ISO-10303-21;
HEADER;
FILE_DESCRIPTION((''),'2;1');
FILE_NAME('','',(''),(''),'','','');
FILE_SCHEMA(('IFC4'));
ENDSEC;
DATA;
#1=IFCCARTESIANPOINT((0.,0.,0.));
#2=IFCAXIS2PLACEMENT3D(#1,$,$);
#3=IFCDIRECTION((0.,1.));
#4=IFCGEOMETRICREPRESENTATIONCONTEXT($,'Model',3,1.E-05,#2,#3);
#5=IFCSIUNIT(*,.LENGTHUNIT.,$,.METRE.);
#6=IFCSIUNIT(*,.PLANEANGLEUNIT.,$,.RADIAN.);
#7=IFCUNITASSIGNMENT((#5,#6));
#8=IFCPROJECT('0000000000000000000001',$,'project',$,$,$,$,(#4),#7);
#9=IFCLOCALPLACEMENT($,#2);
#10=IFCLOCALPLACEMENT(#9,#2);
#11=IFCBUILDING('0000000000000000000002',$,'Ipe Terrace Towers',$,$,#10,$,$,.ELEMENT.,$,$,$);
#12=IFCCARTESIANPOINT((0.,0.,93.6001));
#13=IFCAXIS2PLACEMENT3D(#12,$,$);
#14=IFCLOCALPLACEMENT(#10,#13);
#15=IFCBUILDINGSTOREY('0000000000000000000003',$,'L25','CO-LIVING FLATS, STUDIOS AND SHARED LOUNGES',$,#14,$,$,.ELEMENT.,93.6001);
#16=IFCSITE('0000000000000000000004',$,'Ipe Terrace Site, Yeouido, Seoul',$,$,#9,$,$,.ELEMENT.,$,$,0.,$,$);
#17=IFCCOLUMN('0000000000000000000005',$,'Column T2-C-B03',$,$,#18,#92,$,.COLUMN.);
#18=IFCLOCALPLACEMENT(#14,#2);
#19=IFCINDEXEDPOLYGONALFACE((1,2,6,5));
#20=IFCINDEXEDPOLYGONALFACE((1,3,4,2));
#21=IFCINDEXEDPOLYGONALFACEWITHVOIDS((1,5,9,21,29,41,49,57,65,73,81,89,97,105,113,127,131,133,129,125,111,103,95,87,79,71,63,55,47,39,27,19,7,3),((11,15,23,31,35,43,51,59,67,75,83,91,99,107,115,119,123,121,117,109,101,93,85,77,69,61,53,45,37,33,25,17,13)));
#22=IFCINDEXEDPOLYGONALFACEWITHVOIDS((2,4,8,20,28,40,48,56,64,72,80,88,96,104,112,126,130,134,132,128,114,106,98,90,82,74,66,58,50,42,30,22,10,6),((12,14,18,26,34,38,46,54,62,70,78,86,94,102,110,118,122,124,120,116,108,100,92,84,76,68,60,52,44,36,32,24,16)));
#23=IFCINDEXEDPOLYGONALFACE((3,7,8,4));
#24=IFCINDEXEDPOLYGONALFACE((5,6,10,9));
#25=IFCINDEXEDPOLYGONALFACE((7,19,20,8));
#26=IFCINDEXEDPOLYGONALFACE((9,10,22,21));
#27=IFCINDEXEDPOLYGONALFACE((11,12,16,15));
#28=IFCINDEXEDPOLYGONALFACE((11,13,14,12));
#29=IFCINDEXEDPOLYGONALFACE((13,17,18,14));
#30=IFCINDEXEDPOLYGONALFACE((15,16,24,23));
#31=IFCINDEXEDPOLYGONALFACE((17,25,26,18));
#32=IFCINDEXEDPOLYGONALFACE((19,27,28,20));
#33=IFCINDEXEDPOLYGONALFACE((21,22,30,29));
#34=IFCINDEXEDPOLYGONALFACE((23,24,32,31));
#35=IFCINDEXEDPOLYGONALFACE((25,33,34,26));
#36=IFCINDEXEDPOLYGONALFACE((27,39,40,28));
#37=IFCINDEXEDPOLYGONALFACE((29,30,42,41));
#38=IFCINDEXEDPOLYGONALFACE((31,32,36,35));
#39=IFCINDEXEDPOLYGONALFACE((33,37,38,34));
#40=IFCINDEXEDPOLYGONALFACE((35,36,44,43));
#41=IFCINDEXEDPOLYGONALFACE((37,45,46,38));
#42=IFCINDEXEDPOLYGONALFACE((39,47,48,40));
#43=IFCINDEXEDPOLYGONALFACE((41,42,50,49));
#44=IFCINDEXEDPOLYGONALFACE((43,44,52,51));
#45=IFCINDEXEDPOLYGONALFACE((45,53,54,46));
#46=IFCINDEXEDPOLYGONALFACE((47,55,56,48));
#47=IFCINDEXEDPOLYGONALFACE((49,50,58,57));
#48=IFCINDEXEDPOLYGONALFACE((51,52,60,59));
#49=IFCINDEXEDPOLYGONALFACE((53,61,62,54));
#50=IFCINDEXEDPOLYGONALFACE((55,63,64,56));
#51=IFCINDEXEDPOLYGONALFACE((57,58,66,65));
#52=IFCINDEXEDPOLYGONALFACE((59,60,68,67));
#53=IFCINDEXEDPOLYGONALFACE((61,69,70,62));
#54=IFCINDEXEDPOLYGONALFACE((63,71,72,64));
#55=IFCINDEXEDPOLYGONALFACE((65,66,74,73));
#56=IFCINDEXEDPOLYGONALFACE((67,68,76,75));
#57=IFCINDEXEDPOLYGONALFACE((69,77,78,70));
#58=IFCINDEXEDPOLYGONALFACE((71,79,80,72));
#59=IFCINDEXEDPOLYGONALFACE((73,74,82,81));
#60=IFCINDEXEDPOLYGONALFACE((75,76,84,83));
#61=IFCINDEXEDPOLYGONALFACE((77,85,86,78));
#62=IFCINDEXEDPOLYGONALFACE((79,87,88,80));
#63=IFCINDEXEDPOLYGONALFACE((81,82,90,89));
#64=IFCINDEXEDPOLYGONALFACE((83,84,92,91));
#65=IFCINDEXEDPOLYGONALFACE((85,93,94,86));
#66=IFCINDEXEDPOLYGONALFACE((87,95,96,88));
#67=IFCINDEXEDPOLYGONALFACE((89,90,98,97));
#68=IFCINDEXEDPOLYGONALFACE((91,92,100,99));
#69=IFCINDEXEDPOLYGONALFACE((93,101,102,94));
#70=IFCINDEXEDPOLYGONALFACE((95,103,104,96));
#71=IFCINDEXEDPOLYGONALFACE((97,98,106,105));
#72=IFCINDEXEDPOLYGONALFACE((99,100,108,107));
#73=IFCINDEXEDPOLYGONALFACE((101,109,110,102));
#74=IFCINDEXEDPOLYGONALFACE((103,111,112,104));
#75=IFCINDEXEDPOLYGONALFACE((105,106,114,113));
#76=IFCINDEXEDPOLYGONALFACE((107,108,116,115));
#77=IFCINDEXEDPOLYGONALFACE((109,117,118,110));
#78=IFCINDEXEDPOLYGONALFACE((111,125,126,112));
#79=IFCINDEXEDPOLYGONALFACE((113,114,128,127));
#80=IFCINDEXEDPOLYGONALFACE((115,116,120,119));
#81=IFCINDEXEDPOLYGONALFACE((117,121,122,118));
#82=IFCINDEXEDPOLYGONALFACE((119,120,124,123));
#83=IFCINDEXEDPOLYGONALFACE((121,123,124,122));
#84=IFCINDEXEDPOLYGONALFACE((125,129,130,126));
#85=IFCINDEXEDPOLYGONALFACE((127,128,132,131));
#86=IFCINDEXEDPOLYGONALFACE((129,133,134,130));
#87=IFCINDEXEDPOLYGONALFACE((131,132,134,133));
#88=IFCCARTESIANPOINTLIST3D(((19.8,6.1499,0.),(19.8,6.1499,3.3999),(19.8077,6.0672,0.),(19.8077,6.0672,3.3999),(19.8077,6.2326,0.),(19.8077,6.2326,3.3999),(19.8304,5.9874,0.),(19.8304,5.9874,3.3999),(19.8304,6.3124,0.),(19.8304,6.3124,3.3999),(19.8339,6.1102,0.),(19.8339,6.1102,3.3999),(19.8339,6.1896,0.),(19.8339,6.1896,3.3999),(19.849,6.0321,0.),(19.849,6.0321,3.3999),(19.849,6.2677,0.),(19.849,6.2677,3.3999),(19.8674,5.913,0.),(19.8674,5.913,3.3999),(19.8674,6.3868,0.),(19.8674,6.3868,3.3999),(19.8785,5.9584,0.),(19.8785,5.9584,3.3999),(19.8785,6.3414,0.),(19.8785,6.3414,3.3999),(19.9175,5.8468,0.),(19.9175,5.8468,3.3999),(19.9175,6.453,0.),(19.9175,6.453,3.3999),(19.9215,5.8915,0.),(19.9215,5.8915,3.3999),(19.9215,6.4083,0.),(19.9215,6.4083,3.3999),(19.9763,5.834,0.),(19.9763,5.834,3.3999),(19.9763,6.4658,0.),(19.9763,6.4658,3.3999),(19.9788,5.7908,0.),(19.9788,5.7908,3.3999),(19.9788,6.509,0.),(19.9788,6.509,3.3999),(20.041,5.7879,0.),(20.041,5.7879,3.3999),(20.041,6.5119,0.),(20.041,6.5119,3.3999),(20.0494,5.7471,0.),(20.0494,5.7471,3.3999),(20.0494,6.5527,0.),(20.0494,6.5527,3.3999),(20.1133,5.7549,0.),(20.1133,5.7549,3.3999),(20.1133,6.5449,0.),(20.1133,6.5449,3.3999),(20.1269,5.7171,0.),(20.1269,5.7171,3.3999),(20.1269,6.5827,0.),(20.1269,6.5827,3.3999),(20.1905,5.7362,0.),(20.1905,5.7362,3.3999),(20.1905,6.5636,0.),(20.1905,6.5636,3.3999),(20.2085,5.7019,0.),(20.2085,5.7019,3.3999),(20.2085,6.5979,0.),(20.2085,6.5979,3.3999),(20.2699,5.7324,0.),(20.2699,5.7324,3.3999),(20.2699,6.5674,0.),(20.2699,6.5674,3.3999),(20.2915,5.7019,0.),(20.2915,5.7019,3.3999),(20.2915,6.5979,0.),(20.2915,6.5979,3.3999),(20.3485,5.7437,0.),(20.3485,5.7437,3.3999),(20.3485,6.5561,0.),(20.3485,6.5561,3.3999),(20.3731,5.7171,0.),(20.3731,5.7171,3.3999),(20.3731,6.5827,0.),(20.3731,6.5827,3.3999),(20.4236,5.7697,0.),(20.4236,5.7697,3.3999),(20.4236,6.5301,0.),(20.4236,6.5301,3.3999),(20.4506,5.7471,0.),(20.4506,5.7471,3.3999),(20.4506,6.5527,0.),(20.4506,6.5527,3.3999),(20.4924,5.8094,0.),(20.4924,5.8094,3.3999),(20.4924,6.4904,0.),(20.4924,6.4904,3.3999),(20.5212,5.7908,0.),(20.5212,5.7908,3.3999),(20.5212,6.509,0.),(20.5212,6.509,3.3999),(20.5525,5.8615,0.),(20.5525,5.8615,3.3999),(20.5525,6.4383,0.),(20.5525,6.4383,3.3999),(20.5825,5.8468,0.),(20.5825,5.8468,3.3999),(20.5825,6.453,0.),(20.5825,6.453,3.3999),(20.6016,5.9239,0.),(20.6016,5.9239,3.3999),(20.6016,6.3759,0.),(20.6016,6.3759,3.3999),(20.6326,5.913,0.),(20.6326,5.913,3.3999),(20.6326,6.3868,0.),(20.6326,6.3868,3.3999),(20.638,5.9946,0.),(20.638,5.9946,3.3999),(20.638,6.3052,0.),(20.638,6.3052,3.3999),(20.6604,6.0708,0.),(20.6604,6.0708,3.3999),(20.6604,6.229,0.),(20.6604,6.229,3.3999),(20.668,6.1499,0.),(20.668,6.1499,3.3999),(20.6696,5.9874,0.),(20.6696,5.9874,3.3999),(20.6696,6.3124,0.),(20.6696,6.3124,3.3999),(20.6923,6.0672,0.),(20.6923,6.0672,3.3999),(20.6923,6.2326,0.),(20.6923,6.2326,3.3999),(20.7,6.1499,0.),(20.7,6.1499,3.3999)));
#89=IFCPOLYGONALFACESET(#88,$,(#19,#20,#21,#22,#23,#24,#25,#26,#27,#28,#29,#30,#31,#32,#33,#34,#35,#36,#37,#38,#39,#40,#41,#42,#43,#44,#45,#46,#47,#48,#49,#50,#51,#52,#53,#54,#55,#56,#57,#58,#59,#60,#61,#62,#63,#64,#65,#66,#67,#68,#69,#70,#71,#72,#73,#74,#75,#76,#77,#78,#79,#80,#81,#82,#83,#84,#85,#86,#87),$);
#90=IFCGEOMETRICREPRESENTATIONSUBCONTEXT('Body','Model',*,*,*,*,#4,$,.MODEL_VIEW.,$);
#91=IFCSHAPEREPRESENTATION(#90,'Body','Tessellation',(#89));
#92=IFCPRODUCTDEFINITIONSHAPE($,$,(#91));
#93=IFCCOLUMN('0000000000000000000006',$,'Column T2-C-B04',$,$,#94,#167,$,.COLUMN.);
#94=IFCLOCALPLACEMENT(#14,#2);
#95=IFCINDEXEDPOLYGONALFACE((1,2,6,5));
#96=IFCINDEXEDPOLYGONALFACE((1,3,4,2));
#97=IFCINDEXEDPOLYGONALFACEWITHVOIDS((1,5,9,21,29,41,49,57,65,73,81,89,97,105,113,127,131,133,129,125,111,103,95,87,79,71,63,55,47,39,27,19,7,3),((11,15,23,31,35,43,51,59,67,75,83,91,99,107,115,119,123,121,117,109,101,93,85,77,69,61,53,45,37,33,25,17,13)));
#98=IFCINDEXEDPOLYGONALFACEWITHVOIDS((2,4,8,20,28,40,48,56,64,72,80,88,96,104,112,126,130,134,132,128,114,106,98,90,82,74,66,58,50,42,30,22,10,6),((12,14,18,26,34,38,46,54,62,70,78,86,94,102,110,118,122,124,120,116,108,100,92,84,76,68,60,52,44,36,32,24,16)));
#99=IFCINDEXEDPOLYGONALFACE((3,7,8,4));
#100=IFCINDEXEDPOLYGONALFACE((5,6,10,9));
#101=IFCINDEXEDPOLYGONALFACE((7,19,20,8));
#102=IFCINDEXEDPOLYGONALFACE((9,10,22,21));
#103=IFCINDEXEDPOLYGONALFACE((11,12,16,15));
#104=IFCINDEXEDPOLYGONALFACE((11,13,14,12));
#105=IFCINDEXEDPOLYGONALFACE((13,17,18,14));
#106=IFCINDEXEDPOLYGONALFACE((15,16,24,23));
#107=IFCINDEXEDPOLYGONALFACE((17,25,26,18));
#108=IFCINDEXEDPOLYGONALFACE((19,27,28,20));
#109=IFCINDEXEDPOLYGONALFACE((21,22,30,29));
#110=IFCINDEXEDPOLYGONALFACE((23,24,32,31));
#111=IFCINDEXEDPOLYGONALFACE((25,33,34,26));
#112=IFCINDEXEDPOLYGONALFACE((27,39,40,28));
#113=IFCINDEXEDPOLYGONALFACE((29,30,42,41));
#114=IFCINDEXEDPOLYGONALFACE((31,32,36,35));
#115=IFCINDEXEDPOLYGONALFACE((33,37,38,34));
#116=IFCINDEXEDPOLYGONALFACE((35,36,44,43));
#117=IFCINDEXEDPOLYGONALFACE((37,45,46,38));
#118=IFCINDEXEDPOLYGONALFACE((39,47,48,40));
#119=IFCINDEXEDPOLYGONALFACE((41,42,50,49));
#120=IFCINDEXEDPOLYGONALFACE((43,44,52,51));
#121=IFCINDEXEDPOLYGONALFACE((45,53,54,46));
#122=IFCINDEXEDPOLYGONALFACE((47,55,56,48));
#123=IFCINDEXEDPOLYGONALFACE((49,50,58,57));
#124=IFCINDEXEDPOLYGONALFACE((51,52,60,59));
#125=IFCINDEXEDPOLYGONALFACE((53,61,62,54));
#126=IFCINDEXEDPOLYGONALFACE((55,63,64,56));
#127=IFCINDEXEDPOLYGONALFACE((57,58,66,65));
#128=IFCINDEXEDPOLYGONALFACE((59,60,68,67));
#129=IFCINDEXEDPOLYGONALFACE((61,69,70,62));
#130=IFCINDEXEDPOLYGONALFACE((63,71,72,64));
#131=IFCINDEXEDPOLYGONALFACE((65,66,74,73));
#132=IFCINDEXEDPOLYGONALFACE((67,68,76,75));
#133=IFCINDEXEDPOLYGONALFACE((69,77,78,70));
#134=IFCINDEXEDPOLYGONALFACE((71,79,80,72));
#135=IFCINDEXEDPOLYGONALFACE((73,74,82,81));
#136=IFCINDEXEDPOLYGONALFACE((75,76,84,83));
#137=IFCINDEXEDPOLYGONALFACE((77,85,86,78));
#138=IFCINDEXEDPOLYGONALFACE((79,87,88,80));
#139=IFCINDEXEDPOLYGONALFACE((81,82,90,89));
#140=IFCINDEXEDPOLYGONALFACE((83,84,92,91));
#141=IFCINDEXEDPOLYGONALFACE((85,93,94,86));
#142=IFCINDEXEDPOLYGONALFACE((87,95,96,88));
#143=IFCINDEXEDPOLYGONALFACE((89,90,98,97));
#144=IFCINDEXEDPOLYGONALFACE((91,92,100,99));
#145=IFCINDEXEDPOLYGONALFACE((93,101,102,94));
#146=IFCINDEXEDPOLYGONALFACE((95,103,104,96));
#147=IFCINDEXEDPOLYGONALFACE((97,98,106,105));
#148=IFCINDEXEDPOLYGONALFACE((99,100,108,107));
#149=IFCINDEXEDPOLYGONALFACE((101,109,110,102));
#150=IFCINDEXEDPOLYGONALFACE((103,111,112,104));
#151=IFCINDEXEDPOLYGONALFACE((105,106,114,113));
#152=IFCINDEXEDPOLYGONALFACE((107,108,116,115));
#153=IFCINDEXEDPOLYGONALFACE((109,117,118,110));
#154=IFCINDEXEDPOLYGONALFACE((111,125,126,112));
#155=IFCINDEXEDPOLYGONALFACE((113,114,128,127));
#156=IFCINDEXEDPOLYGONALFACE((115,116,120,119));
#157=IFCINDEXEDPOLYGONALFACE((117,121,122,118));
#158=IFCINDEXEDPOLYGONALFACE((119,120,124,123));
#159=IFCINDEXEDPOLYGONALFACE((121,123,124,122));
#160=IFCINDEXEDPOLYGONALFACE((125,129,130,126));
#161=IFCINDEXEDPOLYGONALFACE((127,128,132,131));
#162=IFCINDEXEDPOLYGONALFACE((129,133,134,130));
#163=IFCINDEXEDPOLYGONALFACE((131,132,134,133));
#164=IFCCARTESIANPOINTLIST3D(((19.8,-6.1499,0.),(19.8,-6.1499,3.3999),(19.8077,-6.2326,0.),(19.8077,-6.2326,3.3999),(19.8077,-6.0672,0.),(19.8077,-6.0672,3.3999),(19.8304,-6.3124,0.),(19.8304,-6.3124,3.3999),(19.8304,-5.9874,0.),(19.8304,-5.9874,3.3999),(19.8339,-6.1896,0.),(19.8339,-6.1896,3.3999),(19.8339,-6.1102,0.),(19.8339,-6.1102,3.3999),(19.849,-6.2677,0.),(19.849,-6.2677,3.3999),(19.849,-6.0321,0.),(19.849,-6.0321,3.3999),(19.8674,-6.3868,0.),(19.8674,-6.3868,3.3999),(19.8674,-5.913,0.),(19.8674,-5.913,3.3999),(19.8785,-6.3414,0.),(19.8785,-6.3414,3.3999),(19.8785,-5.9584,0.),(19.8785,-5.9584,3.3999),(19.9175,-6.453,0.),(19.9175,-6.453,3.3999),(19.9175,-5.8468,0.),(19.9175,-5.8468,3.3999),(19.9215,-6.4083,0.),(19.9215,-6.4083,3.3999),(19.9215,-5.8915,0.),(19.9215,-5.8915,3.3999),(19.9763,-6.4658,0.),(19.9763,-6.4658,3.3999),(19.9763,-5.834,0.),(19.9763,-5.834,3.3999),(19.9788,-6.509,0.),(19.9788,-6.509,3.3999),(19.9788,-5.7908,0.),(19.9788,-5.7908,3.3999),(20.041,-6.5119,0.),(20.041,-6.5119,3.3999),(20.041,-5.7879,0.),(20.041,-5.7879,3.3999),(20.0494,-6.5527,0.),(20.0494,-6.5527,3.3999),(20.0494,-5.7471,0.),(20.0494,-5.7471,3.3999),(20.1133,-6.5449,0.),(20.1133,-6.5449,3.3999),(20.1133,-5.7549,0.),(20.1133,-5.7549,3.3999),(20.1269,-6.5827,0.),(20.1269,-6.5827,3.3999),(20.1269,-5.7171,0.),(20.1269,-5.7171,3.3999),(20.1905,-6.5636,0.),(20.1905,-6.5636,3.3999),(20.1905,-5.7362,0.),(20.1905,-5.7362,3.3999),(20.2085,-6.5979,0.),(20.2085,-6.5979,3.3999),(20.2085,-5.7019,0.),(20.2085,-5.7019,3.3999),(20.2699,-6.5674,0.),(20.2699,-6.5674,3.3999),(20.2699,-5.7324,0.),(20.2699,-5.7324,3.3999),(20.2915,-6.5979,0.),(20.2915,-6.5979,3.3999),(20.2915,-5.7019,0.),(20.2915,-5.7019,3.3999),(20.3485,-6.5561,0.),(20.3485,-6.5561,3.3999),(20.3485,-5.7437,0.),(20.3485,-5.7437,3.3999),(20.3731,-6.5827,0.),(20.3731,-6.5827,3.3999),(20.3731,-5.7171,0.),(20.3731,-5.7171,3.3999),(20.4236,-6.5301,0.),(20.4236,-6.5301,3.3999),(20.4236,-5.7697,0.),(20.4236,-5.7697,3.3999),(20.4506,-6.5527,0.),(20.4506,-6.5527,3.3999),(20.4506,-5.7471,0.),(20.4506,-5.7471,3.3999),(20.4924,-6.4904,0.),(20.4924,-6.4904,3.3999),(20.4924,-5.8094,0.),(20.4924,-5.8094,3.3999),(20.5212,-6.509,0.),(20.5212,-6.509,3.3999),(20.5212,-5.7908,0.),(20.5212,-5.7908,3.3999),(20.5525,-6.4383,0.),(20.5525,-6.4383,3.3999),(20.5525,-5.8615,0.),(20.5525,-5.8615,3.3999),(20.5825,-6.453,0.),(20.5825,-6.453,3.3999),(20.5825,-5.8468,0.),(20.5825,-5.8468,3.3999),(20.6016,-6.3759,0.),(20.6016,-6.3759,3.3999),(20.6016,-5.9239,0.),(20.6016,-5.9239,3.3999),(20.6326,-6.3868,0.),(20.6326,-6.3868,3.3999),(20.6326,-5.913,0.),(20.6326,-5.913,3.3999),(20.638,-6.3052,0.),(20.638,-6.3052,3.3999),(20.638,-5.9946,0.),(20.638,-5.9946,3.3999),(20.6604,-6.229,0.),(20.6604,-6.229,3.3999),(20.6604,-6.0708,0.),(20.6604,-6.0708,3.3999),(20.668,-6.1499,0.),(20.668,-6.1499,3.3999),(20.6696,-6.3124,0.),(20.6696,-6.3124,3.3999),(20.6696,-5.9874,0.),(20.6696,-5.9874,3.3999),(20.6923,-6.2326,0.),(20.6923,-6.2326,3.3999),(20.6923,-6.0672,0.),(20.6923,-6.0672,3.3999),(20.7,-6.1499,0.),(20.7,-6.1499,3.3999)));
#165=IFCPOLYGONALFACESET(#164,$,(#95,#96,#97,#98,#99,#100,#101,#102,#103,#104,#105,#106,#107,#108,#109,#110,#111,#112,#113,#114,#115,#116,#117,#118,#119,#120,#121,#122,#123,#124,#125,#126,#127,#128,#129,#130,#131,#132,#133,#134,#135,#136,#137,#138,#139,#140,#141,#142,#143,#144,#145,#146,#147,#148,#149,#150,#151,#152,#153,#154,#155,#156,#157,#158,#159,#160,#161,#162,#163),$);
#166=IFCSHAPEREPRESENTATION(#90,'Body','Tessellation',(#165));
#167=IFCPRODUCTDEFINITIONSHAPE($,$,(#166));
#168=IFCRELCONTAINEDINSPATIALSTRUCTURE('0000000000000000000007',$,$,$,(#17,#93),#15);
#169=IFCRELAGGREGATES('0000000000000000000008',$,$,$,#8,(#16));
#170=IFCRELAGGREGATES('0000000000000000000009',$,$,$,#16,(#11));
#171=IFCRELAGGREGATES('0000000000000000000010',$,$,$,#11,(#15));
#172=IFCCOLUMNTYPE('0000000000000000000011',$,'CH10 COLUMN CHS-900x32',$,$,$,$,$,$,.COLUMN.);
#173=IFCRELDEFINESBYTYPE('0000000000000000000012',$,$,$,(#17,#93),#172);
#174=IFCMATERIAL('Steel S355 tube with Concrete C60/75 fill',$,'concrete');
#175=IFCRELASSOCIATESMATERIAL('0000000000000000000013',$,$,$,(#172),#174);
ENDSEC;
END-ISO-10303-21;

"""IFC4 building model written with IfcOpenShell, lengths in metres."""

from ifc_helpers import new_model, si_unit, direction, frame, origin, origin_2d, place, context, subcontext, project, spatial, hollow_circle, extrude, material, material_profile, profile_set, type_object, element, save


model = new_model("IFC4")

# Units and contexts
model_context = context("Model", 3, precision=1e-05, world=origin(), true_north=direction((0.0, 1.0)))
body_context = subcontext(model_context, "Body", "Model", "MODEL_VIEW")
ifc_project = project(units=[si_unit("LENGTHUNIT", "METRE"), si_unit("PLANEANGLEUNIT", "RADIAN")], contexts=[model_context])

# Site, building, storey
site_placement = place(None, origin())
site = spatial("IfcSite", under=ifc_project, at=site_placement, Name="Ipe Terrace Site, Yeouido, Seoul", CompositionType="ELEMENT", RefElevation=0.0)
building_placement = place(site_placement, origin())
building = spatial("IfcBuilding", under=site, at=building_placement, Name="Ipe Terrace Towers", CompositionType="ELEMENT")
storey_placement = place(building_placement, frame((0.0, 0.0, 93.6001)))
storey = spatial("IfcBuildingStorey", under=building, at=storey_placement, Name="L25", Description="CO-LIVING FLATS, STUDIOS AND SHARED LOUNGES", CompositionType="ELEMENT", Elevation=93.6001)

# Columns
ifc_material_1 = material(Name="Steel S355 tube with Concrete C60/75 fill", Category="concrete")
ifc_material_profile_1 = material_profile(ifc_material_1, hollow_circle(Radius=0.45, WallThickness=0.032, at=origin_2d()), Name="CHS-900x32")
ifc_profile_set_1 = profile_set([ifc_material_profile_1], Name="Steel S355 tube with Concrete C60/75 fill")
column_type = type_object("IfcColumnType", Name="CH10 COLUMN CHS-900x32", PredefinedType="COLUMN", material=ifc_profile_set_1)
for number, where, z_axis, x_axis, name in (
    (1, (20.25, 6.1499, 0.0), (0.0, 0.0, 1.0), (1.0, 0.0, 0.0), "Column T2-C-B03"),
    (2, (20.25, -6.1499, 0.0), (0.0, 0.0, 1.0), (1.0, 0.0, 0.0), "Column T2-C-B04"),
):
    element("IfcColumn", number, at=place(storey_placement, frame(where, z_axis=z_axis, x_axis=x_axis)), inside=storey, type_object=column_type, Name=name, PredefinedType="COLUMN", context=body_context, shape_type="SweptSolid", body=[
        extrude(hollow_circle(Radius=0.45, WallThickness=0.032, at=origin_2d()), origin(), (0.0, 0.0, 1.0), 3.3999),
    ])

save(model, "model.ifc")
